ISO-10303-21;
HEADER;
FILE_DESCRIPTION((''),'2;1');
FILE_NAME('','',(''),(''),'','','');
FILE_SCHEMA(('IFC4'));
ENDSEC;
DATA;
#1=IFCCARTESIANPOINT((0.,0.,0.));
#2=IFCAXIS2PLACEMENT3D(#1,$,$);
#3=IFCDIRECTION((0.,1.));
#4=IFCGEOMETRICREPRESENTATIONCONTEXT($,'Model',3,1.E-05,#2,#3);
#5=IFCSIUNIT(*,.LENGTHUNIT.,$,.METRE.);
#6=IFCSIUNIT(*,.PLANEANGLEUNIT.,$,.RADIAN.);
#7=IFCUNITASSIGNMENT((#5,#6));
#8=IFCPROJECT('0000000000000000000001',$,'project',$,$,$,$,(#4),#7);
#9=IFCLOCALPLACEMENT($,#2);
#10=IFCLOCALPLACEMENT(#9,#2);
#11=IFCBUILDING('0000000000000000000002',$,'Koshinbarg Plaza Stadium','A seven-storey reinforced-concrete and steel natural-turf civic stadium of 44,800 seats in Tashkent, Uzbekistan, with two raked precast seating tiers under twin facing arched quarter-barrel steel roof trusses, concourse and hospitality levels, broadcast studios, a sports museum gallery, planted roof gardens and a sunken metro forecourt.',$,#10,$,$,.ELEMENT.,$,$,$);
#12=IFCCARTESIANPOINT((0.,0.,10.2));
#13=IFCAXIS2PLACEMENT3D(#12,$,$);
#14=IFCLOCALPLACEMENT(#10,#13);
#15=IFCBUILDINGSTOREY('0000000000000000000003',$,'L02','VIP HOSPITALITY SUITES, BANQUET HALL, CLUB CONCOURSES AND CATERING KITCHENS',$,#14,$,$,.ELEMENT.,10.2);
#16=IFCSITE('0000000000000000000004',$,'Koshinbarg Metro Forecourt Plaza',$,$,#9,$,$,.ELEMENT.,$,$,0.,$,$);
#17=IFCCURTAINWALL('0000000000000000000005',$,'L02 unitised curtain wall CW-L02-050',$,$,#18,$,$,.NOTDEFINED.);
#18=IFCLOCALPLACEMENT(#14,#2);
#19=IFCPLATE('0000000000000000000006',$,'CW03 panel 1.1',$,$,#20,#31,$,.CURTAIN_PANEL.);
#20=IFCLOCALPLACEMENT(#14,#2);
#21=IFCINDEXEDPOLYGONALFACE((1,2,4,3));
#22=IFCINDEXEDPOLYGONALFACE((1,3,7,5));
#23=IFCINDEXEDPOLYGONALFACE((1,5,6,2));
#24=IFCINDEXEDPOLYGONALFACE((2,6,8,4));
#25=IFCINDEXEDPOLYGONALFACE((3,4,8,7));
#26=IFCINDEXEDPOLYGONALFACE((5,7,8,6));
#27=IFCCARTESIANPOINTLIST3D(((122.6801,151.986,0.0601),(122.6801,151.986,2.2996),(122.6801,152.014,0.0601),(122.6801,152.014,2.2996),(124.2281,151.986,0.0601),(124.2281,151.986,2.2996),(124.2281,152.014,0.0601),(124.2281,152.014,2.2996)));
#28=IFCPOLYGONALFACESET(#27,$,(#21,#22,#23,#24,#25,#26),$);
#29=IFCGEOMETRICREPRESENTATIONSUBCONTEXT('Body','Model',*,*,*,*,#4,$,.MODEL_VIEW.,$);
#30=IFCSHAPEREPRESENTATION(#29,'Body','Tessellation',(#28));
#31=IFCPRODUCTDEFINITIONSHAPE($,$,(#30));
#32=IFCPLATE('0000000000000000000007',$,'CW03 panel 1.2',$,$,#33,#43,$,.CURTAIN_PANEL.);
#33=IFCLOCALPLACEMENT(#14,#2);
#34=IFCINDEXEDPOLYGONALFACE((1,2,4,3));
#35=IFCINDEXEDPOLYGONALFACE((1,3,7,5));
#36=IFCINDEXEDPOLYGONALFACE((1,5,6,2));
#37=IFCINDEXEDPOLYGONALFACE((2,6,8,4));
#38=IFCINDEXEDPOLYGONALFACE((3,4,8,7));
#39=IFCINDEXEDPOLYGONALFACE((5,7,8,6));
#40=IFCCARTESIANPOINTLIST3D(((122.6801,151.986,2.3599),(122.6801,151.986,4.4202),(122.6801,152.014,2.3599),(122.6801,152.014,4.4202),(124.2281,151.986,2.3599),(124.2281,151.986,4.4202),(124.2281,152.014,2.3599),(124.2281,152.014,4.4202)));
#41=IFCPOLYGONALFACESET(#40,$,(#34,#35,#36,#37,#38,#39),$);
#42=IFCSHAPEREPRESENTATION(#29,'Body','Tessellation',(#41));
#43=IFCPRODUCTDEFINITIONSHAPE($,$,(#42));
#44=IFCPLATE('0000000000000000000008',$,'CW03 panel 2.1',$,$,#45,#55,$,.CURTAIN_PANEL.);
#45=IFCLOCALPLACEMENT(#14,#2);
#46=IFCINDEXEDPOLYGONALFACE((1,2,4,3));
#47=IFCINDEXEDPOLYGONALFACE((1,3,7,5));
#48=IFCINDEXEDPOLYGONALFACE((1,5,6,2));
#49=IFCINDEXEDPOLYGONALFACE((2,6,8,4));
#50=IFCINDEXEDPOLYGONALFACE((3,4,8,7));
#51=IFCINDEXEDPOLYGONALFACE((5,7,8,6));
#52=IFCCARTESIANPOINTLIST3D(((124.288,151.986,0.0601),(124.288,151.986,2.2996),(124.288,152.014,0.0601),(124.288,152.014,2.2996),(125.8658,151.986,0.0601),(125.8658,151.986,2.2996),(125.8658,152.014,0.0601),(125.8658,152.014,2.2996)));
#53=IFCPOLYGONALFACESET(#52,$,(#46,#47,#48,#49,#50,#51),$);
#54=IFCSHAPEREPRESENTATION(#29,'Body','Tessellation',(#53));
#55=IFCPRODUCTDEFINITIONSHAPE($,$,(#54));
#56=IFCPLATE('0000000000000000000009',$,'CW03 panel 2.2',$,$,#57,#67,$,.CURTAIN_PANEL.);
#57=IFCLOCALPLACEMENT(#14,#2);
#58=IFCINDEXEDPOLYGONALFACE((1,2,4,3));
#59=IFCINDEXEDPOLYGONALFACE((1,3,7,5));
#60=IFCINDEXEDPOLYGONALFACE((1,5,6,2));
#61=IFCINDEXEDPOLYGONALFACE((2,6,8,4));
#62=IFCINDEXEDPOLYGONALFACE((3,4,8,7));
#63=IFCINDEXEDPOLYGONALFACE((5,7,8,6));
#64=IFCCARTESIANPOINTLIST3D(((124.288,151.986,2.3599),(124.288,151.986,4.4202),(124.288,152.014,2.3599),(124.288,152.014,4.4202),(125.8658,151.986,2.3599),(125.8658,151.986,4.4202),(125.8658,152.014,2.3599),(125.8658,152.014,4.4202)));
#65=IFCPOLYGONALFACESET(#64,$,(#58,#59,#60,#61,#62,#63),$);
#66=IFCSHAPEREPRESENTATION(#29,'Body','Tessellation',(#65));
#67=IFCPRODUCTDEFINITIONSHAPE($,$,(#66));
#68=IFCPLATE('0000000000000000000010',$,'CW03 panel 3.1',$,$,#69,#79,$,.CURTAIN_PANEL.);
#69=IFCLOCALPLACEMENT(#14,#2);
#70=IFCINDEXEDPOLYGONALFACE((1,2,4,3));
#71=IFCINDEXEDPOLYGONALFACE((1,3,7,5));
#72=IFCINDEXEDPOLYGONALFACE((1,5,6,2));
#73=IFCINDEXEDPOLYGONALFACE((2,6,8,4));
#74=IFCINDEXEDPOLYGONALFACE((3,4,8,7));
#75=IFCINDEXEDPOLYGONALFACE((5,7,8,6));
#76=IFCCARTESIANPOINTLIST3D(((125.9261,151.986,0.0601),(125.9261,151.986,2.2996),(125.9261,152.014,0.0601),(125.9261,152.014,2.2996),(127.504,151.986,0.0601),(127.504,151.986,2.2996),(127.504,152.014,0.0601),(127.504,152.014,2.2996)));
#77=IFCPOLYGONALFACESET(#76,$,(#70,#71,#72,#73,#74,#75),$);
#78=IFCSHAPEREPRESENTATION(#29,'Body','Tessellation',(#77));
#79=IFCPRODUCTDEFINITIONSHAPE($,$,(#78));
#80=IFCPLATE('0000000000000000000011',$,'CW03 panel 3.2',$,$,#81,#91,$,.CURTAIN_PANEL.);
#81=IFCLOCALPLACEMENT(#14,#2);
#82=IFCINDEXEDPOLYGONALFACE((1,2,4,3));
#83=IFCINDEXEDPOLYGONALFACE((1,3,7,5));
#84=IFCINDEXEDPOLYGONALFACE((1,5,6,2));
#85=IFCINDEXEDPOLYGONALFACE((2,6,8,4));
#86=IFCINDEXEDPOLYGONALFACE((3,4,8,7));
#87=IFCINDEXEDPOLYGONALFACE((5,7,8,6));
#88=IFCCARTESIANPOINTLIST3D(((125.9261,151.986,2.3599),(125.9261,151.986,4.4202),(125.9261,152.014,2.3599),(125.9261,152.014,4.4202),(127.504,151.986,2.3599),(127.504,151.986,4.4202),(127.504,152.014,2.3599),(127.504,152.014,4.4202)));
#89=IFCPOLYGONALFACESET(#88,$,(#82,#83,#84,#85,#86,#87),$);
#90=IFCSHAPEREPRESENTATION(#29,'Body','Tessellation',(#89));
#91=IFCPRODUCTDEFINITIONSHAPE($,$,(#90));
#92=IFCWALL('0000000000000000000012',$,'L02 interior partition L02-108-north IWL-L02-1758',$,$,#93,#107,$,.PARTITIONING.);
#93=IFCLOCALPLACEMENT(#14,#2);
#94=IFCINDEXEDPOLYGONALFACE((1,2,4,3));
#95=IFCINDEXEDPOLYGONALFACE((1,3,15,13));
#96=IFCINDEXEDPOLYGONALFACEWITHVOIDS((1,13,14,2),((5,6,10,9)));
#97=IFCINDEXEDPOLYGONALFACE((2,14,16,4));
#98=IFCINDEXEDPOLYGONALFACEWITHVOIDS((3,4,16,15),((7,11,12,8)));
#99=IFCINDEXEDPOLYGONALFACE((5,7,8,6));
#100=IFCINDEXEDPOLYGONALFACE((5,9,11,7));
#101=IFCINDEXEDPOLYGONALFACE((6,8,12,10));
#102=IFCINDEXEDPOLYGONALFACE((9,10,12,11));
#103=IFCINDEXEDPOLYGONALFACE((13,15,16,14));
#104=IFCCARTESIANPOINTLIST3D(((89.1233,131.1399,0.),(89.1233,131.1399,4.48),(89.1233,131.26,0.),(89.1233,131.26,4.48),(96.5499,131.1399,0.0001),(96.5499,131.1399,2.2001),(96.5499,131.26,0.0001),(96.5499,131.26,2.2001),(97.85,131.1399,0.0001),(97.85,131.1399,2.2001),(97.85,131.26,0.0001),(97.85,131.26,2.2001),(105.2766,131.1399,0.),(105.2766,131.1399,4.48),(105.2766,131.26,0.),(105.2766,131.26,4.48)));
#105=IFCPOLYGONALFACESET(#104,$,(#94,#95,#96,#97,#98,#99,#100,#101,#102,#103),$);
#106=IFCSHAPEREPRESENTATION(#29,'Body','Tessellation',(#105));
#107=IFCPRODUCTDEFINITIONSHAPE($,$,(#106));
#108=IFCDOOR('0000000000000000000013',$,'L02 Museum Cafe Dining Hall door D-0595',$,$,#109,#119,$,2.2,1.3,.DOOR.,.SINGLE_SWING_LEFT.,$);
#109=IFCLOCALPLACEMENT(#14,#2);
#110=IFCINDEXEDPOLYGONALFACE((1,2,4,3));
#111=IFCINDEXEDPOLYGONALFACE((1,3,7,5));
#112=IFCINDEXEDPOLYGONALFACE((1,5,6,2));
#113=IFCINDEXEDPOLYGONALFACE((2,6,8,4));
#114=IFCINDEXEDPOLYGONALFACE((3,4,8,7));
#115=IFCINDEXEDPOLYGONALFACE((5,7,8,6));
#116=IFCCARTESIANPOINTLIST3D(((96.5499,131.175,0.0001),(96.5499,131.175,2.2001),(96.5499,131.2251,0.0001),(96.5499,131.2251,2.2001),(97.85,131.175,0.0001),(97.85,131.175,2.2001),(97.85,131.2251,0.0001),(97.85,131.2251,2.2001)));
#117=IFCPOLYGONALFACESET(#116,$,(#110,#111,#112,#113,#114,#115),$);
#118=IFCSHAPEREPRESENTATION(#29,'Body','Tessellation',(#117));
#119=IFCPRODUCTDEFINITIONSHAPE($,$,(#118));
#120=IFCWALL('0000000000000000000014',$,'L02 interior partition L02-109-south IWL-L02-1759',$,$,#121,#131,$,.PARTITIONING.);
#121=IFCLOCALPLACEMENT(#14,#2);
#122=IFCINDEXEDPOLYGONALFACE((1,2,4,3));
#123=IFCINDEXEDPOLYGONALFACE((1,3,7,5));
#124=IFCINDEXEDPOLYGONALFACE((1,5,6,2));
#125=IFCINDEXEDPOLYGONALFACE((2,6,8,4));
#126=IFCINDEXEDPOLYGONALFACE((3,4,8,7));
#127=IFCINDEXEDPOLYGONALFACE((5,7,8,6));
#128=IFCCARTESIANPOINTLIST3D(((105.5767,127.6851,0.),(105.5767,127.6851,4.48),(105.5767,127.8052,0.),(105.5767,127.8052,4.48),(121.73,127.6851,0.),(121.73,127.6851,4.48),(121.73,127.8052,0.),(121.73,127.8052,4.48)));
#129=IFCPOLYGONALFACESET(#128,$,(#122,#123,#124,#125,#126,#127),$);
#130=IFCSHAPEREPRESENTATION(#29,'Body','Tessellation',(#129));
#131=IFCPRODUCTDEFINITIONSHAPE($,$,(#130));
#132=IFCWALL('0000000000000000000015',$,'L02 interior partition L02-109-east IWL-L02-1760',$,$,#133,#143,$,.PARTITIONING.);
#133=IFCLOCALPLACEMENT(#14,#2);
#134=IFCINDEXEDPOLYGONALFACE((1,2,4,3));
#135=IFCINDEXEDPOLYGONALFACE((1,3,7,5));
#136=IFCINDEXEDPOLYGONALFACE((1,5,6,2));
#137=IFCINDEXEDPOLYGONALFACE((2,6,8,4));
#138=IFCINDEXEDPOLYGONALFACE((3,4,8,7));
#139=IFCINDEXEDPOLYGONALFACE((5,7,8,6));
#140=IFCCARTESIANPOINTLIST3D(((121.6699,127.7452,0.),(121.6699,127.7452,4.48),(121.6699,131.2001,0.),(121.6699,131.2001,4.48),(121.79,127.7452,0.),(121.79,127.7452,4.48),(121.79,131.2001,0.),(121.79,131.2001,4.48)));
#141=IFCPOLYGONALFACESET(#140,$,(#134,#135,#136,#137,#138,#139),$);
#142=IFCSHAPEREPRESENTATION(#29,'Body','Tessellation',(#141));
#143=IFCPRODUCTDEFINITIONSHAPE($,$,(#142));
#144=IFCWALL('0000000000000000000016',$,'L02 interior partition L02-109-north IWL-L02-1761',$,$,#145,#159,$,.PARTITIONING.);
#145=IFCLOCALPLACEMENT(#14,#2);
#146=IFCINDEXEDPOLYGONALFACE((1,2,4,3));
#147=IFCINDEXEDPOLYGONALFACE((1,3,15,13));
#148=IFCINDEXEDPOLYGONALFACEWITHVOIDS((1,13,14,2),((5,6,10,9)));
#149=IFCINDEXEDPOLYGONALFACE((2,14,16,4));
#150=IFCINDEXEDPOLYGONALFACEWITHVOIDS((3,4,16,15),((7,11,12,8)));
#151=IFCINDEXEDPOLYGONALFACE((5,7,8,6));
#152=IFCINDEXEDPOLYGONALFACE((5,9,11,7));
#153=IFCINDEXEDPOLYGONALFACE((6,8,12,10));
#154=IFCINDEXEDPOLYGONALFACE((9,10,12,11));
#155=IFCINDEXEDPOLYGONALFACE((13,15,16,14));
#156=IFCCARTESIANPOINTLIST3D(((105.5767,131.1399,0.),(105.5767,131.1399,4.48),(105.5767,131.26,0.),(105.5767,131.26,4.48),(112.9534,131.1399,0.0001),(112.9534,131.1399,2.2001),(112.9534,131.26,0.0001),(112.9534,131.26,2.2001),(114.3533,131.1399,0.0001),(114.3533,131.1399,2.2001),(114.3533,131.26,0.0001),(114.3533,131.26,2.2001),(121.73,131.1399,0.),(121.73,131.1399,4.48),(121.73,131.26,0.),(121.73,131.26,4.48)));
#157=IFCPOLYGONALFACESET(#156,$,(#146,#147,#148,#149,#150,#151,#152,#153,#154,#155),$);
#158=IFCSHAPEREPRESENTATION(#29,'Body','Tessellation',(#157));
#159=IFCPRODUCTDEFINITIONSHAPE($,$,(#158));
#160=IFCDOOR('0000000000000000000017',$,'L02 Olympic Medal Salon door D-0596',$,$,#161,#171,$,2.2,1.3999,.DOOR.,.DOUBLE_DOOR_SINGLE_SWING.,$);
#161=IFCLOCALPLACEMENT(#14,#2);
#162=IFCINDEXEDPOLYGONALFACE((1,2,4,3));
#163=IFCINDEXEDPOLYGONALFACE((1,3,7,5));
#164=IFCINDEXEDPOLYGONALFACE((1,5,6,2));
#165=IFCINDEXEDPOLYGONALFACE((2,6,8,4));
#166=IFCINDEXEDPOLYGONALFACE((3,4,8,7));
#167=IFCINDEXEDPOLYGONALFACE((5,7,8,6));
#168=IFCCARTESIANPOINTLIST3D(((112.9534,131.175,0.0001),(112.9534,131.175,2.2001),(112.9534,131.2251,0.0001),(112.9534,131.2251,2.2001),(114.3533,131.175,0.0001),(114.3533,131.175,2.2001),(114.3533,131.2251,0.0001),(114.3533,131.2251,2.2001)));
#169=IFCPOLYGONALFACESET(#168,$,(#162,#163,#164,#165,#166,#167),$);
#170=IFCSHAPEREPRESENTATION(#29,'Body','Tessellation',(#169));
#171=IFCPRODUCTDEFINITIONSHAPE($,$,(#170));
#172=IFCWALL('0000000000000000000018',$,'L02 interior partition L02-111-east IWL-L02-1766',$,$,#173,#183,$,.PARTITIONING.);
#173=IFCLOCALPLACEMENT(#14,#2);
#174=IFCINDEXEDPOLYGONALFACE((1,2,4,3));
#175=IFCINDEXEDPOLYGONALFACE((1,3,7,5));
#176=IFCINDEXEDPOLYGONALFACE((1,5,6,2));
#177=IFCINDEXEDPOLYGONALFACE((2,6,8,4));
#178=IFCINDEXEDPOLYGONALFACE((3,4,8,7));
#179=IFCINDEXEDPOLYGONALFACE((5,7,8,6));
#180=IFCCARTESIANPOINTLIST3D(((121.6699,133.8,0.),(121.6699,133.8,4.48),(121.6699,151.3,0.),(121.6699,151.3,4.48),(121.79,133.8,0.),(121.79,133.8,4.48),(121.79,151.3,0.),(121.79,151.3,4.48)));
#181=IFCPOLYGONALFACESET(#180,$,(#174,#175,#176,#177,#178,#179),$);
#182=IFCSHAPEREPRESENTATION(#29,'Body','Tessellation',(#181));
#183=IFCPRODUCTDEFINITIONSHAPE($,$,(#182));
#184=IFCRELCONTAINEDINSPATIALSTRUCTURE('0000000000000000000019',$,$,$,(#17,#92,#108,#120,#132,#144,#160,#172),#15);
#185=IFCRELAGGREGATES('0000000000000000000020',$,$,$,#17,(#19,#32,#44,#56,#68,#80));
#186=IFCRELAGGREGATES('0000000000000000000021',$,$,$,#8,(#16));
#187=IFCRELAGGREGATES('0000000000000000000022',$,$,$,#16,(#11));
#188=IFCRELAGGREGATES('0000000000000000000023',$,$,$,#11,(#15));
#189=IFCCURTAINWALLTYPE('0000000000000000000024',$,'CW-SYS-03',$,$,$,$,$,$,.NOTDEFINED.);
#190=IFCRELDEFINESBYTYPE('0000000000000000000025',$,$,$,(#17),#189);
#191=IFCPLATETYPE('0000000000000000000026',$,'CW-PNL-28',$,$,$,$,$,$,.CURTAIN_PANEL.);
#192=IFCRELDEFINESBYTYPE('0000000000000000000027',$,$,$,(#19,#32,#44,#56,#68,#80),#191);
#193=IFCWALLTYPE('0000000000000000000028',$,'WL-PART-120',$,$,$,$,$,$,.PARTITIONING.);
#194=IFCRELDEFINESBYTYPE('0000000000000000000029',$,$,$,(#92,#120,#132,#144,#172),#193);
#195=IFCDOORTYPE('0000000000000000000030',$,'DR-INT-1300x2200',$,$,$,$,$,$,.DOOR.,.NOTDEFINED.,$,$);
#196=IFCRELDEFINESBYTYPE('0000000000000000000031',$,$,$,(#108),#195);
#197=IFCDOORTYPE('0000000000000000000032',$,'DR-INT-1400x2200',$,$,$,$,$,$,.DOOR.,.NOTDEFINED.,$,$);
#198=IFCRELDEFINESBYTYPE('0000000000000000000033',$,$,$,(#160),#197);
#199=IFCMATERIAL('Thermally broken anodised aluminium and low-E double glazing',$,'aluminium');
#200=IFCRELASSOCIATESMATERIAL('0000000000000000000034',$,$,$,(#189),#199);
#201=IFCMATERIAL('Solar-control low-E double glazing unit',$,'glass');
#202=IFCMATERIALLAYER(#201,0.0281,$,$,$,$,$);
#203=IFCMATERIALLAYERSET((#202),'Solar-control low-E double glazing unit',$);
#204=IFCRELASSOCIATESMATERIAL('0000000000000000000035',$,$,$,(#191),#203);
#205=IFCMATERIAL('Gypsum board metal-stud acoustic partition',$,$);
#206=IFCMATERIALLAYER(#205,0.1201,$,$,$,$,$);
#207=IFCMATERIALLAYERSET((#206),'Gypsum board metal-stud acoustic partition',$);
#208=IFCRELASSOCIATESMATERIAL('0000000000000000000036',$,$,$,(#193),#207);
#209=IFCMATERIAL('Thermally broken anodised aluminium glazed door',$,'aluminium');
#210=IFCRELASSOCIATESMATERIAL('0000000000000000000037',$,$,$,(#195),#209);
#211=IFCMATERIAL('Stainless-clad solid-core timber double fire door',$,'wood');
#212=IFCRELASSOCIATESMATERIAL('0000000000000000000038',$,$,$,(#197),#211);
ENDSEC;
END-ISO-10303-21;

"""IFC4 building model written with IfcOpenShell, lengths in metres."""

from ifc_helpers import new_model, si_unit, direction, frame, frame_2d, origin, origin_2d, place, context, subcontext, project, spatial, rectangle, extrude, material, layer, layer_set, type_object, element, fill, aggregate, save


model = new_model("IFC4")

# Units and contexts
model_context = context("Model", 3, precision=1e-05, world=origin(), true_north=direction((0.0, 1.0)))
body_context = subcontext(model_context, "Body", "Model", "MODEL_VIEW")
ifc_project = project(units=[si_unit("LENGTHUNIT", "METRE"), si_unit("PLANEANGLEUNIT", "RADIAN")], contexts=[model_context])

# Site, building, storey
site_placement = place(None, origin())
site = spatial("IfcSite", under=ifc_project, at=site_placement, Name="Koshinbarg Metro Forecourt Plaza", CompositionType="ELEMENT", RefElevation=0.0)
building_placement = place(site_placement, origin())
building = spatial("IfcBuilding", under=site, at=building_placement, Name="Koshinbarg Plaza Stadium", Description="A seven-storey reinforced-concrete and steel natural-turf civic stadium of 44,800 seats in Tashkent, Uzbekistan, with two raked precast seating tiers under twin facing arched quarter-barrel steel roof trusses, concourse and hospitality levels, broadcast studios, a sports museum gallery, planted roof gardens and a sunken metro forecourt.", CompositionType="ELEMENT")
storey_placement = place(building_placement, frame((0.0, 0.0, 10.2)))
storey = spatial("IfcBuildingStorey", under=building, at=storey_placement, Name="L02", Description="VIP HOSPITALITY SUITES, BANQUET HALL, CLUB CONCOURSES AND CATERING KITCHENS", CompositionType="ELEMENT", Elevation=10.2)

# Curtain wall, plates
ifc_material_1 = material(Name="Thermally broken anodised aluminium and low-E double glazing", Category="aluminium")
curtain_wall_type = type_object("IfcCurtainWallType", Name="CW-SYS-03", PredefinedType="NOTDEFINED", material=ifc_material_1)
curtain_wall_placement = place(storey_placement, origin())
curtain_wall = element("IfcCurtainWall", 1, at=curtain_wall_placement, inside=storey, type_object=curtain_wall_type, Name="L02 unitised curtain wall CW-L02-050", PredefinedType="NOTDEFINED")
ifc_material_2 = material(Name="Solar-control low-E double glazing unit", Category="glass")
ifc_layer_1 = layer(ifc_material_2, 0.0281)
ifc_layer_set_1 = layer_set([ifc_layer_1], Name="Solar-control low-E double glazing unit")
plate_type = type_object("IfcPlateType", Name="CW-PNL-28", PredefinedType="CURTAIN_PANEL", material=ifc_layer_set_1)
plate_1_placement = place(storey_placement, frame((123.4541, 152.0, 0.0601), z_axis=(0.0, 0.0, 1.0), x_axis=(1.0, 0.0, 0.0)))
plate_1 = element("IfcPlate", 2, at=plate_1_placement, type_object=plate_type, Name="CW03 panel 1.1", PredefinedType="CURTAIN_PANEL", context=body_context, shape_type="SweptSolid", body=[
    extrude(rectangle(XDim=1.5481, YDim=0.0281, at=origin_2d()), origin(), (0.0, 0.0, 1.0), 2.2395),
])
plate_2_placement = place(storey_placement, frame((123.4541, 152.0, 2.3599), z_axis=(0.0, 0.0, 1.0), x_axis=(1.0, 0.0, 0.0)))
plate_2 = element("IfcPlate", 3, at=plate_2_placement, type_object=plate_type, Name="CW03 panel 1.2", PredefinedType="CURTAIN_PANEL", context=body_context, shape_type="SweptSolid", body=[
    extrude(rectangle(XDim=1.5481, YDim=0.0281, at=origin_2d()), origin(), (0.0, 0.0, 1.0), 2.0603),
])
plate_3_placement = place(storey_placement, frame((125.0769, 152.0, 0.0601), z_axis=(0.0, 0.0, 1.0), x_axis=(1.0, 0.0, 0.0)))
plate_3 = element("IfcPlate", 4, at=plate_3_placement, type_object=plate_type, Name="CW03 panel 2.1", PredefinedType="CURTAIN_PANEL", context=body_context, shape_type="SweptSolid", body=[
    extrude(rectangle(XDim=1.5779, YDim=0.0281, at=origin_2d()), origin(), (0.0, 0.0, 1.0), 2.2395),
])
plate_4_placement = place(storey_placement, frame((125.0769, 152.0, 2.3599), z_axis=(0.0, 0.0, 1.0), x_axis=(1.0, 0.0, 0.0)))
plate_4 = element("IfcPlate", 5, at=plate_4_placement, type_object=plate_type, Name="CW03 panel 2.2", PredefinedType="CURTAIN_PANEL", context=body_context, shape_type="SweptSolid", body=[
    extrude(rectangle(XDim=1.5779, YDim=0.0281, at=origin_2d()), origin(), (0.0, 0.0, 1.0), 2.0603),
])
plate_5_placement = place(storey_placement, frame((126.7151, 152.0, 0.0601), z_axis=(0.0, 0.0, 1.0), x_axis=(1.0, 0.0, 0.0)))
plate_5 = element("IfcPlate", 6, at=plate_5_placement, type_object=plate_type, Name="CW03 panel 3.1", PredefinedType="CURTAIN_PANEL", context=body_context, shape_type="SweptSolid", body=[
    extrude(rectangle(XDim=1.5779, YDim=0.0281, at=origin_2d()), origin(), (0.0, 0.0, 1.0), 2.2395),
])
plate_6_placement = place(storey_placement, frame((126.7151, 152.0, 2.3599), z_axis=(0.0, 0.0, 1.0), x_axis=(1.0, 0.0, 0.0)))
plate_6 = element("IfcPlate", 7, at=plate_6_placement, type_object=plate_type, Name="CW03 panel 3.2", PredefinedType="CURTAIN_PANEL", context=body_context, shape_type="SweptSolid", body=[
    extrude(rectangle(XDim=1.5779, YDim=0.0281, at=origin_2d()), origin(), (0.0, 0.0, 1.0), 2.0603),
])
aggregate(curtain_wall, [plate_1, plate_2, plate_3, plate_4, plate_5, plate_6])

# Wall, opening, door
ifc_material_3 = material(Name="Gypsum board metal-stud acoustic partition")
ifc_layer_2 = layer(ifc_material_3, 0.1201)
ifc_layer_set_2 = layer_set([ifc_layer_2], Name="Gypsum board metal-stud acoustic partition")
wall_type = type_object("IfcWallType", Name="WL-PART-120", PredefinedType="PARTITIONING", material=ifc_layer_set_2)
wall_1_placement = place(storey_placement, frame((105.2766, 131.2, 0.0), z_axis=(0.0, 0.0, 1.0), x_axis=(-1.0, 0.0, 0.0)))
wall_1 = element("IfcWall", 8, at=wall_1_placement, inside=storey, type_object=wall_type, Name="L02 interior partition L02-108-north IWL-L02-1758", PredefinedType="PARTITIONING", context=body_context, shape_type="SweptSolid", body=[
    extrude(rectangle(XDim=16.1533, YDim=0.1201, at=frame_2d((8.0767, 0.0))), origin(), (0.0, 0.0, 1.0), 4.48),
])
opening_1_placement = place(wall_1_placement, frame((7.4268, 0.0, 0.0)))
opening_1 = element("IfcOpeningElement", 9, at=opening_1_placement, cuts=wall_1, PredefinedType="OPENING", context=body_context, shape_type="SweptSolid", body=[
    extrude(rectangle(XDim=1.3, YDim=2.2, at=frame_2d((0.6499, 1.1001))), frame((0.0, 0.0701, 0.0), z_axis=(0.0, -1.0, 0.0), x_axis=(1.0, 0.0, 0.0)), (0.0, 0.0, 1.0), 0.1401),
])
ifc_material_4 = material(Name="Thermally broken anodised aluminium glazed door", Category="aluminium")
door_type_1 = type_object("IfcDoorType", Name="DR-INT-1300x2200", OperationType="NOTDEFINED", PredefinedType="DOOR", material=ifc_material_4)
door_1_placement = place(opening_1_placement, origin())
door_1 = element("IfcDoor", 10, at=door_1_placement, inside=storey, type_object=door_type_1, Name="L02 Museum Cafe Dining Hall door D-0595", OperationType="SINGLE_SWING_LEFT", OverallHeight=2.2, OverallWidth=1.3, PredefinedType="DOOR", context=body_context, shape_type="SweptSolid", body=[
    extrude(rectangle(XDim=1.3, YDim=2.2, at=frame_2d((0.6499, 1.1001))), frame((0.0, 0.0249, 0.0), z_axis=(0.0, -1.0, 0.0), x_axis=(1.0, 0.0, 0.0)), (0.0, 0.0, 1.0), 0.05),
])
fill(opening_1, door_1)

# Walls
wall_2_placement = place(storey_placement, frame((105.5767, 127.7451, 0.0), z_axis=(0.0, 0.0, 1.0), x_axis=(1.0, 0.0, 0.0)))
element("IfcWall", 11, at=wall_2_placement, inside=storey, type_object=wall_type, Name="L02 interior partition L02-109-south IWL-L02-1759", PredefinedType="PARTITIONING", context=body_context, shape_type="SweptSolid", body=[
    extrude(rectangle(XDim=16.1533, YDim=0.1201, at=frame_2d((8.0767, 0.0))), origin(), (0.0, 0.0, 1.0), 4.48),
])
wall_3_placement = place(storey_placement, frame((121.73, 127.7451, 0.0), z_axis=(0.0, 0.0, 1.0), x_axis=(0.0, 1.0, 0.0)))
element("IfcWall", 12, at=wall_3_placement, inside=storey, type_object=wall_type, Name="L02 interior partition L02-109-east IWL-L02-1760", PredefinedType="PARTITIONING", context=body_context, shape_type="SweptSolid", body=[
    extrude(rectangle(XDim=3.4548, YDim=0.1201, at=frame_2d((1.7275, 0.0))), origin(), (0.0, 0.0, 1.0), 4.48),
])

# Wall, opening, door
wall_4_placement = place(storey_placement, frame((121.73, 131.2, 0.0), z_axis=(0.0, 0.0, 1.0), x_axis=(-1.0, 0.0, 0.0)))
wall_4 = element("IfcWall", 13, at=wall_4_placement, inside=storey, type_object=wall_type, Name="L02 interior partition L02-109-north IWL-L02-1761", PredefinedType="PARTITIONING", context=body_context, shape_type="SweptSolid", body=[
    extrude(rectangle(XDim=16.1533, YDim=0.1201, at=frame_2d((8.0767, 0.0))), origin(), (0.0, 0.0, 1.0), 4.48),
])
opening_2_placement = place(wall_4_placement, frame((7.3767, 0.0, 0.0)))
opening_2 = element("IfcOpeningElement", 14, at=opening_2_placement, cuts=wall_4, PredefinedType="OPENING", context=body_context, shape_type="SweptSolid", body=[
    extrude(rectangle(XDim=1.3999, YDim=2.2, at=frame_2d((0.7, 1.1001))), frame((0.0, 0.0701, 0.0), z_axis=(0.0, -1.0, 0.0), x_axis=(1.0, 0.0, 0.0)), (0.0, 0.0, 1.0), 0.1401),
])
ifc_material_5 = material(Name="Stainless-clad solid-core timber double fire door", Category="wood")
door_type_2 = type_object("IfcDoorType", Name="DR-INT-1400x2200", OperationType="NOTDEFINED", PredefinedType="DOOR", material=ifc_material_5)
door_2_placement = place(opening_2_placement, origin())
door_2 = element("IfcDoor", 15, at=door_2_placement, inside=storey, type_object=door_type_2, Name="L02 Olympic Medal Salon door D-0596", OperationType="DOUBLE_DOOR_SINGLE_SWING", OverallHeight=2.2, OverallWidth=1.3999, PredefinedType="DOOR", context=body_context, shape_type="SweptSolid", body=[
    extrude(rectangle(XDim=1.3999, YDim=2.2, at=frame_2d((0.7, 1.1001))), frame((0.0, 0.0249, 0.0), z_axis=(0.0, -1.0, 0.0), x_axis=(1.0, 0.0, 0.0)), (0.0, 0.0, 1.0), 0.05),
])
fill(opening_2, door_2)

# Wall
wall_5_placement = place(storey_placement, frame((121.73, 133.8, 0.0), z_axis=(0.0, 0.0, 1.0), x_axis=(0.0, 1.0, 0.0)))
element("IfcWall", 16, at=wall_5_placement, inside=storey, type_object=wall_type, Name="L02 interior partition L02-111-east IWL-L02-1766", PredefinedType="PARTITIONING", context=body_context, shape_type="SweptSolid", body=[
    extrude(rectangle(XDim=17.5, YDim=0.1201, at=frame_2d((8.75, 0.0))), origin(), (0.0, 0.0, 1.0), 4.48),
])

save(model, "model.ifc")
